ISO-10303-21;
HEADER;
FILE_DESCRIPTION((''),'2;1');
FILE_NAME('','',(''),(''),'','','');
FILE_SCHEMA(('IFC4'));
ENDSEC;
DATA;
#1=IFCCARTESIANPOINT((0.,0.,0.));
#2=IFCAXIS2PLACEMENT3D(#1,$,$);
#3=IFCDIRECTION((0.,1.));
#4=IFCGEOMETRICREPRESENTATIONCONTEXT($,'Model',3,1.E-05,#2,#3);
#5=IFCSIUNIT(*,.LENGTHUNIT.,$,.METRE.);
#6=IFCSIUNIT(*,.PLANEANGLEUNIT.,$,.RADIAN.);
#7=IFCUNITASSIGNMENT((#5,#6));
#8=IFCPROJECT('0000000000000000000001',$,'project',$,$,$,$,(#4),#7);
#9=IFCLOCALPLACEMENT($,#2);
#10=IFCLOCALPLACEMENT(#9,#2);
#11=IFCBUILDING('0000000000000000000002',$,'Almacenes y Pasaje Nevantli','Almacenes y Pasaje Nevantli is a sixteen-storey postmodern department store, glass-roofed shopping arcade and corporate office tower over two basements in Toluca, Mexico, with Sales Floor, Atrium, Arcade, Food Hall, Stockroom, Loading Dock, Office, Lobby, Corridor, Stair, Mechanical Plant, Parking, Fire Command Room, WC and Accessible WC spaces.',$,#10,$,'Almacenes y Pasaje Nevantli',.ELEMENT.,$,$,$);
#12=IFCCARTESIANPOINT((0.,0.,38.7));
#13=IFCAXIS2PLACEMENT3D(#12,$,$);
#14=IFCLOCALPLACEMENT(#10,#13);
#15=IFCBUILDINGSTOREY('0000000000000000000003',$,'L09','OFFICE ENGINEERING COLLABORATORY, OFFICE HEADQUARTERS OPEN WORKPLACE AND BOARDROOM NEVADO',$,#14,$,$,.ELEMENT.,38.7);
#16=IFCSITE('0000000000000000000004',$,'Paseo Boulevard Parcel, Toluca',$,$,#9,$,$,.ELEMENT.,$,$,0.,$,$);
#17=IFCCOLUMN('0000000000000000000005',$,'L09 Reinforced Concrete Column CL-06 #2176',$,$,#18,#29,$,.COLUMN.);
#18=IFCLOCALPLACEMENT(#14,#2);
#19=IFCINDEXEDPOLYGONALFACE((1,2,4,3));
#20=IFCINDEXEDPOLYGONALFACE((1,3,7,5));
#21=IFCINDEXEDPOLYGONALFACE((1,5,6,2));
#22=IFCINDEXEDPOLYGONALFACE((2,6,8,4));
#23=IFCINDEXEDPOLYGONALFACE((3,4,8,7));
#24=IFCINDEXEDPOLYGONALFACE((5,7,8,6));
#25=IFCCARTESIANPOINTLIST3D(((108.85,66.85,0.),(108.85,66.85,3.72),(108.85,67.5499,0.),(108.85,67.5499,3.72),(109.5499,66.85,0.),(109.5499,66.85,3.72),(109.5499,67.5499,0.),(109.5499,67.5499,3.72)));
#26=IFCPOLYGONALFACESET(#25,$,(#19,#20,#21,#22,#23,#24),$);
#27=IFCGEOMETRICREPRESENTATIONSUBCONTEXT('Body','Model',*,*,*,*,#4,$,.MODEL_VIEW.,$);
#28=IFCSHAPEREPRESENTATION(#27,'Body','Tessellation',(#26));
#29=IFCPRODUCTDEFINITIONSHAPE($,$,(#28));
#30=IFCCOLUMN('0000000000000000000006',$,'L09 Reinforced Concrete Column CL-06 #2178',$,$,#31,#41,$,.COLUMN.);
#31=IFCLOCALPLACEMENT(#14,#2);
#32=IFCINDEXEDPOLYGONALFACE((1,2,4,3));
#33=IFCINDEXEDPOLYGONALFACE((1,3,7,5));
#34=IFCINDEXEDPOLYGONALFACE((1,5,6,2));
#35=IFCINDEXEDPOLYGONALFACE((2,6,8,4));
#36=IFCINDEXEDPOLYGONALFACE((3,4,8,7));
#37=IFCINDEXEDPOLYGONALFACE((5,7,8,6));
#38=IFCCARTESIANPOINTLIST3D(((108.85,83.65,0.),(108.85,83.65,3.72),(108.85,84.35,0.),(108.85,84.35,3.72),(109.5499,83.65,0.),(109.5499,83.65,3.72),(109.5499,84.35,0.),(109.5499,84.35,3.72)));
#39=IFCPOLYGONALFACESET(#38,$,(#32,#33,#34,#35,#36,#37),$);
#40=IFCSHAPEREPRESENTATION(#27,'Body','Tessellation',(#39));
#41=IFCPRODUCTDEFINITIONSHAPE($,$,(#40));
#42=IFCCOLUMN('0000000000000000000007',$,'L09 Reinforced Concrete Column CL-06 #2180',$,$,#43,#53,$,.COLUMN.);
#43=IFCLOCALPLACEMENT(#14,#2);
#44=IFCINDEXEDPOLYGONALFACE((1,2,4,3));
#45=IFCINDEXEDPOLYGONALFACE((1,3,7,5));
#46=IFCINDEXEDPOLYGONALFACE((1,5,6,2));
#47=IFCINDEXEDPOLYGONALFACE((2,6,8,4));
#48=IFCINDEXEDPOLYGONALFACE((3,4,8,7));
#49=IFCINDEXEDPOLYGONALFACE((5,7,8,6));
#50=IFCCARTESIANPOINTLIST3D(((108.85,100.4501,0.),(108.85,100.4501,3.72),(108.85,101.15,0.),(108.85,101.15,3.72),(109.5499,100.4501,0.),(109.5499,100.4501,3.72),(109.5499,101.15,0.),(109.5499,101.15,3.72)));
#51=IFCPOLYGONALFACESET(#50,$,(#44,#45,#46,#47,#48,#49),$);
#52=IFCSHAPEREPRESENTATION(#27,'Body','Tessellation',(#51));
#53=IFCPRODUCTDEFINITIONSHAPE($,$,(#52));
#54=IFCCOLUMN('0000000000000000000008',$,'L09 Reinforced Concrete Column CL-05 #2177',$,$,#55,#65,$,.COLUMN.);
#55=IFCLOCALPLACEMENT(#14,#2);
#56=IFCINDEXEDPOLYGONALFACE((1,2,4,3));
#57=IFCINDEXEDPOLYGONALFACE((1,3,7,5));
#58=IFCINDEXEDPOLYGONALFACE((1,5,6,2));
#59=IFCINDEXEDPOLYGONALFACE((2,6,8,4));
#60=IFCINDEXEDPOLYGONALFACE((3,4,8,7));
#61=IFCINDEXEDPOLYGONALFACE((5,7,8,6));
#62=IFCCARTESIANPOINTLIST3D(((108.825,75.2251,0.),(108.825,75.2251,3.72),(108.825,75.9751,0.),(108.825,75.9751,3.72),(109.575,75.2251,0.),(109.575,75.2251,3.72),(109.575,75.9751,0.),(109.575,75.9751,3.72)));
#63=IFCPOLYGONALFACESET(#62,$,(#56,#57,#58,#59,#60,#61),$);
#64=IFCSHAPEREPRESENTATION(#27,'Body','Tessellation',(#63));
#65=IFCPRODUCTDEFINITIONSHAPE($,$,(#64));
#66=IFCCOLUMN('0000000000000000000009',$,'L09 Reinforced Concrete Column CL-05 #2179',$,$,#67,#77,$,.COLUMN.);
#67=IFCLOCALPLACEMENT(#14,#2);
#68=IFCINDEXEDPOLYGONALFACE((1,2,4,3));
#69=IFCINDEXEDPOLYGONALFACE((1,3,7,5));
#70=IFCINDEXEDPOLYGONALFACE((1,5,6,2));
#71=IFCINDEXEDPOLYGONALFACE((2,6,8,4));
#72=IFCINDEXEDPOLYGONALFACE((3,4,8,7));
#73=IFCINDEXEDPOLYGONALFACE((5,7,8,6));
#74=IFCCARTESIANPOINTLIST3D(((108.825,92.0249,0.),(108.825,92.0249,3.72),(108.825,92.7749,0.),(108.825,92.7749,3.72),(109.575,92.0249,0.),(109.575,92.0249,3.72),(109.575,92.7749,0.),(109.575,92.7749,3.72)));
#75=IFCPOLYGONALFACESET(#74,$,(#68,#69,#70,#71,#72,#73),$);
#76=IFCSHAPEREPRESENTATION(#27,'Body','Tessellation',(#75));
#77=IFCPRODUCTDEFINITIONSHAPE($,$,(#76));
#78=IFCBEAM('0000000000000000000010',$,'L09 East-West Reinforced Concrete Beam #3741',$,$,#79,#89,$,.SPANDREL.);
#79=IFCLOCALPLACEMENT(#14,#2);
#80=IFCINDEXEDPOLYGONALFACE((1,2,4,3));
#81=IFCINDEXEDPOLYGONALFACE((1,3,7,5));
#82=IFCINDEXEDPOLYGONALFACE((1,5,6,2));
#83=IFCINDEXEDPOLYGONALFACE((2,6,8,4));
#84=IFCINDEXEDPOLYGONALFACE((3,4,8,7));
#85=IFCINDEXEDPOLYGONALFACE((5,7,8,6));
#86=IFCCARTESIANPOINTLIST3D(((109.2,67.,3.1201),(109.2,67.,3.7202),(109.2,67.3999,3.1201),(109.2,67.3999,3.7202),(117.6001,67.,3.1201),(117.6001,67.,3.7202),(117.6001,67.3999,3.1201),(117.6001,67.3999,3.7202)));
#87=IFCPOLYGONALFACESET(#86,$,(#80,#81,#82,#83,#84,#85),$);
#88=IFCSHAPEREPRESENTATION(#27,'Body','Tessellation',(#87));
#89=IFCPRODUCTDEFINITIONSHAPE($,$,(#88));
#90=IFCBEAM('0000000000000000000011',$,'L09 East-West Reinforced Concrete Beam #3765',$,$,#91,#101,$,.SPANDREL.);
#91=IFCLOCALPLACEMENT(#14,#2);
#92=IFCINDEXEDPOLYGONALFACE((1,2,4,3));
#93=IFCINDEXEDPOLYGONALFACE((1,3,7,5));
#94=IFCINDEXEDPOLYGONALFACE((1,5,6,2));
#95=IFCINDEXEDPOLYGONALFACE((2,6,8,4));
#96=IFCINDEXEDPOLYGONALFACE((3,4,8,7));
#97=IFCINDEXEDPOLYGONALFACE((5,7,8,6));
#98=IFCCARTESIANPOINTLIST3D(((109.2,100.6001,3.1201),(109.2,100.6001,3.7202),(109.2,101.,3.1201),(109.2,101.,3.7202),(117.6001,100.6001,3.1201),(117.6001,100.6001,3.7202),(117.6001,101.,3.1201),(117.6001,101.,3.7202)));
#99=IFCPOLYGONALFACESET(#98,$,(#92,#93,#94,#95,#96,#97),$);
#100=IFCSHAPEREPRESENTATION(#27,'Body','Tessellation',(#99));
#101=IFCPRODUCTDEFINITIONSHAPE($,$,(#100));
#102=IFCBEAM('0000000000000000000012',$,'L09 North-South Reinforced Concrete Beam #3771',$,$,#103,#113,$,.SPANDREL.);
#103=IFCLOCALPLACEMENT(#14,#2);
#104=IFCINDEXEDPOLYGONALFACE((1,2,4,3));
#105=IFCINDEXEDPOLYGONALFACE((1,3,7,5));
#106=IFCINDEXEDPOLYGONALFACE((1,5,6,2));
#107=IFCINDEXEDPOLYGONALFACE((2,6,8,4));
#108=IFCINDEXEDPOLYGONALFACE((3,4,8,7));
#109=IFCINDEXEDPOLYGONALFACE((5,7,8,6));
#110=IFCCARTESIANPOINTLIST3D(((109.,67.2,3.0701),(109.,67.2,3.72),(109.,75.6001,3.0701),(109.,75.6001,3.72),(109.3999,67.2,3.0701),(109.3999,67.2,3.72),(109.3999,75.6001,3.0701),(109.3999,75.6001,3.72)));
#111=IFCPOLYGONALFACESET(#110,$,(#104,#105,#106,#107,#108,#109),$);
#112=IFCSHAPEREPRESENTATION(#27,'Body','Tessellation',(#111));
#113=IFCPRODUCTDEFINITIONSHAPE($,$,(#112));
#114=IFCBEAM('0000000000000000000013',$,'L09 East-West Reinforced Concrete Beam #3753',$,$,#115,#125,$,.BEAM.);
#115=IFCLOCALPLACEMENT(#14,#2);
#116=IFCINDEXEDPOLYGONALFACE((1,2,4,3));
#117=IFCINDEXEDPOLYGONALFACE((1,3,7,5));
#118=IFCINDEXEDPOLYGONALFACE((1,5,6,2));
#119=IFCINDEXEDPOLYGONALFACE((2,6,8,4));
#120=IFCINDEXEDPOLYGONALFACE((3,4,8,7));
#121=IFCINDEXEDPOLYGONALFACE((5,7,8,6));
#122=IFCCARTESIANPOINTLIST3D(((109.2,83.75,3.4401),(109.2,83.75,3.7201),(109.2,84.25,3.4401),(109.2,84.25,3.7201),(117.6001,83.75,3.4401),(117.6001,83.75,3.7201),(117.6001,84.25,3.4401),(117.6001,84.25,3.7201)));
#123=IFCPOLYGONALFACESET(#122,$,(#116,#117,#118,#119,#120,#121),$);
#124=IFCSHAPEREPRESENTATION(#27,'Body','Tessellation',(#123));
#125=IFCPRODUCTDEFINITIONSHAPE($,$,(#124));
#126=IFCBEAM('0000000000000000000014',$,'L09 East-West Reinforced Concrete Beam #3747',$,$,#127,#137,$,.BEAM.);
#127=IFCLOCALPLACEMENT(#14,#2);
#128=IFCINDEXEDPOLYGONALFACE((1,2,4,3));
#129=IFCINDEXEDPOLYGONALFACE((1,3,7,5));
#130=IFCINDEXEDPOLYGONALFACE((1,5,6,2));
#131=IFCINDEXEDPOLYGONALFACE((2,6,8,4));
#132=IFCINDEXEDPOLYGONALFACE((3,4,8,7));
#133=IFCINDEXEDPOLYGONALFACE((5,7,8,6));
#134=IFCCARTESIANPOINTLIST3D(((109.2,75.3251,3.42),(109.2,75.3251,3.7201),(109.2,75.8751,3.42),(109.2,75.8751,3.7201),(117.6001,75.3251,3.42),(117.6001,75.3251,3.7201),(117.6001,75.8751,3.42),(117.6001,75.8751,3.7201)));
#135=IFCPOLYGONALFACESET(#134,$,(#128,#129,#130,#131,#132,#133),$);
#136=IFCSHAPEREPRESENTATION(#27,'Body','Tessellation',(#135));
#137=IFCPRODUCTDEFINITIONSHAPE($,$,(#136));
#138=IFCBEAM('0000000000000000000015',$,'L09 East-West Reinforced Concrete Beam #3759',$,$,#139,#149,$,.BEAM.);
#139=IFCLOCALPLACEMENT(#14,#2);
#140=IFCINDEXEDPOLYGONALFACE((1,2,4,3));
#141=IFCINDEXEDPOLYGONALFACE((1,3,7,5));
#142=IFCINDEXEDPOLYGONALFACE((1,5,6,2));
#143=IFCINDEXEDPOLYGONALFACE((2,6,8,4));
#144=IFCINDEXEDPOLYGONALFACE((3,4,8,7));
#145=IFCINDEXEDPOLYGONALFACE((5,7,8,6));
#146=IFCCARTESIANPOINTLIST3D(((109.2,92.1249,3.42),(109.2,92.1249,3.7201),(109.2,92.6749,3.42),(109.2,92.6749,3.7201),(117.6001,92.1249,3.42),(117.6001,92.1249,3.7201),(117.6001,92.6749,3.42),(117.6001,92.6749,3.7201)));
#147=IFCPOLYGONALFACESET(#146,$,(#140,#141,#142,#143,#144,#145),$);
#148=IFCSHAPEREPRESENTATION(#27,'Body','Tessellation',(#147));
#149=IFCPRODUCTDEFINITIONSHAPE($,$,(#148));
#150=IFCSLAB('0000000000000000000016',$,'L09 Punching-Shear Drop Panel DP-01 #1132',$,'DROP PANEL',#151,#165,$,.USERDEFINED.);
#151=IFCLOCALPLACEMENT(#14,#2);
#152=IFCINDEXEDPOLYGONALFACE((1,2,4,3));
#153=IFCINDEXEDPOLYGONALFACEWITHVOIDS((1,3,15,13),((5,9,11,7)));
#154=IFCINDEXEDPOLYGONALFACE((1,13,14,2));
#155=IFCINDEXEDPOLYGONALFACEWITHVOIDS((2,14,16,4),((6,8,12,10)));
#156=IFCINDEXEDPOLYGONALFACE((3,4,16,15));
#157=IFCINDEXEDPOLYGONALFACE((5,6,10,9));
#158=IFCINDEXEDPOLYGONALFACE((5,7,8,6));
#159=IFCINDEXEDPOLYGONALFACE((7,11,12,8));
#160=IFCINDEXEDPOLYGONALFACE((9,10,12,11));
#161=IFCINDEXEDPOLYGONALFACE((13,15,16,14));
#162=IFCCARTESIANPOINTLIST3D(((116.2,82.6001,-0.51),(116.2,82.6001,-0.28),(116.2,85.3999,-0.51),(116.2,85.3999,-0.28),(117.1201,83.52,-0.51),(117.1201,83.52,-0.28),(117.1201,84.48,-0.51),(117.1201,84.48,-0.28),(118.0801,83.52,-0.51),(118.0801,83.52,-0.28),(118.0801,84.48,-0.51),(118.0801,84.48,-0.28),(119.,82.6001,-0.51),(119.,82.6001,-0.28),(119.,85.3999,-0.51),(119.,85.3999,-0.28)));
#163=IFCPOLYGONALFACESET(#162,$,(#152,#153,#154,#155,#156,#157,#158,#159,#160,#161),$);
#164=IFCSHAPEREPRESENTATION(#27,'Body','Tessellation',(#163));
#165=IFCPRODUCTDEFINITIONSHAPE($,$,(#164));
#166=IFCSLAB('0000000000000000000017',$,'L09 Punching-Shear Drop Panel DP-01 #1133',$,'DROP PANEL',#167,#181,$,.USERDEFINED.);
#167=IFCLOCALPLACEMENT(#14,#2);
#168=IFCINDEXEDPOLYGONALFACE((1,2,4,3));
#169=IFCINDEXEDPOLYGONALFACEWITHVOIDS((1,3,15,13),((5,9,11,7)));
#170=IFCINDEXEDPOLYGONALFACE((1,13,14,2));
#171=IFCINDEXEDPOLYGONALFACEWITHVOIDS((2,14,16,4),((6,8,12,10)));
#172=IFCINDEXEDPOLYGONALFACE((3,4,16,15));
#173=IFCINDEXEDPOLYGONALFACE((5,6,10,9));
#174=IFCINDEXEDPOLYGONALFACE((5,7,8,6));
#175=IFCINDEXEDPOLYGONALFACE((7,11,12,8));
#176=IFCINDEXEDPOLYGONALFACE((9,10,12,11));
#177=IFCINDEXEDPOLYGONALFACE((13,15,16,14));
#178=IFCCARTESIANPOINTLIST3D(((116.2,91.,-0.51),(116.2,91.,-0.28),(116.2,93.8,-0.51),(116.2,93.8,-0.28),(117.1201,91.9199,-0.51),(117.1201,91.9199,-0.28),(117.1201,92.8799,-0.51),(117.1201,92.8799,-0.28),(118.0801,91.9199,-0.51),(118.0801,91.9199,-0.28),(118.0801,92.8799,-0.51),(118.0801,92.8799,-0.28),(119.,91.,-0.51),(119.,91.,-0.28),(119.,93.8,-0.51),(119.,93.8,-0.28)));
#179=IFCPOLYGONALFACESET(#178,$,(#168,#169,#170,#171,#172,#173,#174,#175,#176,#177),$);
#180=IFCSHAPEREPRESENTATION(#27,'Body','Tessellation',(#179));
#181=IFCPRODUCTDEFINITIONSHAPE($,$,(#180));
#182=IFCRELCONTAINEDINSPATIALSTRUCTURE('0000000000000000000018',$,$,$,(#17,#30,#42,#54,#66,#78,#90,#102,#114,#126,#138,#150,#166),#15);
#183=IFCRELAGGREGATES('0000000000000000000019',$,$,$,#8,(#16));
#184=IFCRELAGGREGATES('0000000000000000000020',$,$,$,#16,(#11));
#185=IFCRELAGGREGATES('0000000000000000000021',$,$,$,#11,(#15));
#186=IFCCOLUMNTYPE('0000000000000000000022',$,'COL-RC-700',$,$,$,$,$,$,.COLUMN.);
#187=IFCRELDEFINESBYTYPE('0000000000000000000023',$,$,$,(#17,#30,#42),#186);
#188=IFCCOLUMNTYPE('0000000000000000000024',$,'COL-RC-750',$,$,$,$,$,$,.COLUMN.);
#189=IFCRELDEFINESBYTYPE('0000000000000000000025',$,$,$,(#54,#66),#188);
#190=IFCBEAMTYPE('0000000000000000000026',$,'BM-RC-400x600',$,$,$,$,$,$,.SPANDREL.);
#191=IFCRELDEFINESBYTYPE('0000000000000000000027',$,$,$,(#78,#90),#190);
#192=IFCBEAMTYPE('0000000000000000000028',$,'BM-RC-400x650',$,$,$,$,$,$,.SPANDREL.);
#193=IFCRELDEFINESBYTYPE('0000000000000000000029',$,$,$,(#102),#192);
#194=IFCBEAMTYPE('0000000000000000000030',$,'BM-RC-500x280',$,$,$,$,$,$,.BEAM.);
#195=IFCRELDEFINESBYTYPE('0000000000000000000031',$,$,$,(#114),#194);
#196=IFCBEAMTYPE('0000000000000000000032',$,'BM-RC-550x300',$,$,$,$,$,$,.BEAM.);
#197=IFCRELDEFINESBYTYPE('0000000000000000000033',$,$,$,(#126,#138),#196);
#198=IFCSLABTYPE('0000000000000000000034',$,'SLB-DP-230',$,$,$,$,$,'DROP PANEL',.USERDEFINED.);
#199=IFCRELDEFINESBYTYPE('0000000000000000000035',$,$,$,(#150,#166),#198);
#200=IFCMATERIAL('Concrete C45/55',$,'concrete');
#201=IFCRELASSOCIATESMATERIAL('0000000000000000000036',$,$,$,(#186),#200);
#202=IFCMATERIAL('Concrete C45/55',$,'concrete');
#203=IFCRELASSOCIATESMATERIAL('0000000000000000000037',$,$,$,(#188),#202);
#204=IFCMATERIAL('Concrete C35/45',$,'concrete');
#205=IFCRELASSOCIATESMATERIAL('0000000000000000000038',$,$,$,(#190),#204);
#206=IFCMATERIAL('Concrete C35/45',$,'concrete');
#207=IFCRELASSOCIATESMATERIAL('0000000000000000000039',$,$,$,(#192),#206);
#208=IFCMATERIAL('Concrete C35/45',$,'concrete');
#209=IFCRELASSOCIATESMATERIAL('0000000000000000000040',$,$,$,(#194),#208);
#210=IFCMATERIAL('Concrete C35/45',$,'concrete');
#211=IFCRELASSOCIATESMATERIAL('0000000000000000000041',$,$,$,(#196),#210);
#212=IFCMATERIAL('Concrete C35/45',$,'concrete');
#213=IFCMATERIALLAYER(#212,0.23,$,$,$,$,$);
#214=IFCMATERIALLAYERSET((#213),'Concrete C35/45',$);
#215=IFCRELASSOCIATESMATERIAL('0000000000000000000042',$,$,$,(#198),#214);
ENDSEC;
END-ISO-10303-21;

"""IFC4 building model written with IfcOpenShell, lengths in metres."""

from ifc_helpers import new_model, si_unit, direction, frame, origin, origin_2d, place, context, subcontext, project, spatial, polyline, rectangle, outline, extrude, material, layer, layer_set, material_profile, profile_set, type_object, element, save


model = new_model("IFC4")

# Units and contexts
model_context = context("Model", 3, precision=1e-05, world=origin(), true_north=direction((0.0, 1.0)))
body_context = subcontext(model_context, "Body", "Model", "MODEL_VIEW")
ifc_project = project(units=[si_unit("LENGTHUNIT", "METRE"), si_unit("PLANEANGLEUNIT", "RADIAN")], contexts=[model_context])

# Site, building, storey
site_placement = place(None, origin())
site = spatial("IfcSite", under=ifc_project, at=site_placement, Name="Paseo Boulevard Parcel, Toluca", CompositionType="ELEMENT", RefElevation=0.0)
building_placement = place(site_placement, origin())
building = spatial("IfcBuilding", under=site, at=building_placement, Name="Almacenes y Pasaje Nevantli", Description="Almacenes y Pasaje Nevantli is a sixteen-storey postmodern department store, glass-roofed shopping arcade and corporate office tower over two basements in Toluca, Mexico, with Sales Floor, Atrium, Arcade, Food Hall, Stockroom, Loading Dock, Office, Lobby, Corridor, Stair, Mechanical Plant, Parking, Fire Command Room, WC and Accessible WC spaces.", LongName="Almacenes y Pasaje Nevantli", CompositionType="ELEMENT")
storey_placement = place(building_placement, frame((0.0, 0.0, 38.7)))
storey = spatial("IfcBuildingStorey", under=building, at=storey_placement, Name="L09", Description="OFFICE ENGINEERING COLLABORATORY, OFFICE HEADQUARTERS OPEN WORKPLACE AND BOARDROOM NEVADO", CompositionType="ELEMENT", Elevation=38.7)

# Columns
ifc_material_1 = material(Name="Concrete C45/55", Category="concrete")
ifc_material_profile_1 = material_profile(ifc_material_1, rectangle(XDim=0.7, YDim=0.7, at=origin_2d()), Name="RC-COL-700x700")
ifc_profile_set_1 = profile_set([ifc_material_profile_1], Name="Concrete C45/55")
column_type_1 = type_object("IfcColumnType", Name="COL-RC-700", PredefinedType="COLUMN", material=ifc_profile_set_1)
for number, where, z_axis, x_axis, name in (
    (1, (109.2, 67.2, 0.0), (0.0, 0.0, 1.0), (1.0, 0.0, 0.0), "L09 Reinforced Concrete Column CL-06 #2176"),
    (2, (109.2, 84.0, 0.0), (0.0, 0.0, 1.0), (1.0, 0.0, 0.0), "L09 Reinforced Concrete Column CL-06 #2178"),
    (3, (109.2, 100.8, 0.0), (0.0, 0.0, 1.0), (1.0, 0.0, 0.0), "L09 Reinforced Concrete Column CL-06 #2180"),
):
    element("IfcColumn", number, at=place(storey_placement, frame(where, z_axis=z_axis, x_axis=x_axis)), inside=storey, type_object=column_type_1, Name=name, PredefinedType="COLUMN", context=body_context, shape_type="SweptSolid", body=[
        extrude(rectangle(XDim=0.7, YDim=0.7, at=origin_2d()), origin(), (0.0, 0.0, 1.0), 3.72),
    ])
ifc_material_2 = material(Name="Concrete C45/55", Category="concrete")
ifc_material_profile_2 = material_profile(ifc_material_2, rectangle(XDim=0.75, YDim=0.75, at=origin_2d()), Name="RC-COL-750x750")
ifc_profile_set_2 = profile_set([ifc_material_profile_2], Name="Concrete C45/55")
column_type_2 = type_object("IfcColumnType", Name="COL-RC-750", PredefinedType="COLUMN", material=ifc_profile_set_2)
for number, where, z_axis, x_axis, name in (
    (4, (109.2, 75.6001, 0.0), (0.0, 0.0, 1.0), (1.0, 0.0, 0.0), "L09 Reinforced Concrete Column CL-05 #2177"),
    (5, (109.2, 92.3999, 0.0), (0.0, 0.0, 1.0), (1.0, 0.0, 0.0), "L09 Reinforced Concrete Column CL-05 #2179"),
):
    element("IfcColumn", number, at=place(storey_placement, frame(where, z_axis=z_axis, x_axis=x_axis)), inside=storey, type_object=column_type_2, Name=name, PredefinedType="COLUMN", context=body_context, shape_type="SweptSolid", body=[
        extrude(rectangle(XDim=0.75, YDim=0.75, at=origin_2d()), origin(), (0.0, 0.0, 1.0), 3.72),
    ])

# Beams
ifc_material_3 = material(Name="Concrete C35/45", Category="concrete")
ifc_material_profile_3 = material_profile(ifc_material_3, rectangle(XDim=0.3999, YDim=0.6001, at=origin_2d()), Name="RC-BM-400x600")
ifc_profile_set_3 = profile_set([ifc_material_profile_3], Name="Concrete C35/45")
beam_type_1 = type_object("IfcBeamType", Name="BM-RC-400x600", PredefinedType="SPANDREL", material=ifc_profile_set_3)
for number, where, z_axis, x_axis, name in (
    (6, (109.2, 67.2, 3.4202), (1.0, 0.0, 0.0), (0.0, 1.0, 0.0), "L09 East-West Reinforced Concrete Beam #3741"),
    (7, (109.2, 100.8, 3.4202), (1.0, 0.0, 0.0), (0.0, 1.0, 0.0), "L09 East-West Reinforced Concrete Beam #3765"),
):
    element("IfcBeam", number, at=place(storey_placement, frame(where, z_axis=z_axis, x_axis=x_axis)), inside=storey, type_object=beam_type_1, Name=name, PredefinedType="SPANDREL", context=body_context, shape_type="SweptSolid", body=[
        extrude(rectangle(XDim=0.3999, YDim=0.6001, at=origin_2d()), origin(), (0.0, 0.0, 1.0), 8.4001),
    ])
ifc_material_4 = material(Name="Concrete C35/45", Category="concrete")
ifc_material_profile_4 = material_profile(ifc_material_4, rectangle(XDim=0.3999, YDim=0.6499, at=origin_2d()), Name="RC-BM-400x650")
ifc_profile_set_4 = profile_set([ifc_material_profile_4], Name="Concrete C35/45")
beam_type_2 = type_object("IfcBeamType", Name="BM-RC-400x650", PredefinedType="SPANDREL", material=ifc_profile_set_4)
beam_1_placement = place(storey_placement, frame((109.2, 67.2, 3.395), z_axis=(0.0, 1.0, 0.0), x_axis=(-1.0, 0.0, 0.0)))
element("IfcBeam", 8, at=beam_1_placement, inside=storey, type_object=beam_type_2, Name="L09 North-South Reinforced Concrete Beam #3771", PredefinedType="SPANDREL", context=body_context, shape_type="SweptSolid", body=[
    extrude(rectangle(XDim=0.3999, YDim=0.6499, at=origin_2d()), origin(), (0.0, 0.0, 1.0), 8.4001),
])
ifc_material_5 = material(Name="Concrete C35/45", Category="concrete")
ifc_material_profile_5 = material_profile(ifc_material_5, rectangle(XDim=0.5, YDim=0.28, at=origin_2d()), Name="RC-BM-500x280")
ifc_profile_set_5 = profile_set([ifc_material_profile_5], Name="Concrete C35/45")
beam_type_3 = type_object("IfcBeamType", Name="BM-RC-500x280", PredefinedType="BEAM", material=ifc_profile_set_5)
beam_2_placement = place(storey_placement, frame((109.2, 84.0, 3.5801), z_axis=(1.0, 0.0, 0.0), x_axis=(0.0, 1.0, 0.0)))
element("IfcBeam", 9, at=beam_2_placement, inside=storey, type_object=beam_type_3, Name="L09 East-West Reinforced Concrete Beam #3753", PredefinedType="BEAM", context=body_context, shape_type="SweptSolid", body=[
    extrude(rectangle(XDim=0.5, YDim=0.28, at=origin_2d()), origin(), (0.0, 0.0, 1.0), 8.4001),
])
ifc_material_6 = material(Name="Concrete C35/45", Category="concrete")
ifc_material_profile_6 = material_profile(ifc_material_6, rectangle(XDim=0.55, YDim=0.3, at=origin_2d()), Name="RC-BM-550x300")
ifc_profile_set_6 = profile_set([ifc_material_profile_6], Name="Concrete C35/45")
beam_type_4 = type_object("IfcBeamType", Name="BM-RC-550x300", PredefinedType="BEAM", material=ifc_profile_set_6)
for number, where, z_axis, x_axis, name in (
    (10, (109.2, 75.6001, 3.5701), (1.0, 0.0, 0.0), (0.0, 1.0, 0.0), "L09 East-West Reinforced Concrete Beam #3747"),
    (11, (109.2, 92.3999, 3.5701), (1.0, 0.0, 0.0), (0.0, 1.0, 0.0), "L09 East-West Reinforced Concrete Beam #3759"),
):
    element("IfcBeam", number, at=place(storey_placement, frame(where, z_axis=z_axis, x_axis=x_axis)), inside=storey, type_object=beam_type_4, Name=name, PredefinedType="BEAM", context=body_context, shape_type="SweptSolid", body=[
        extrude(rectangle(XDim=0.55, YDim=0.3, at=origin_2d()), origin(), (0.0, 0.0, 1.0), 8.4001),
    ])

# Slabs
ifc_material_7 = material(Name="Concrete C35/45", Category="concrete")
ifc_layer_1 = layer(ifc_material_7, 0.23)
ifc_layer_set_1 = layer_set([ifc_layer_1], Name="Concrete C35/45")
slab_type_1 = type_object("IfcSlabType", Name="SLB-DP-230", ElementType="DROP PANEL", PredefinedType="USERDEFINED", material=ifc_layer_set_1)
slab_1_placement = place(storey_placement, frame((0.0, 0.0, -0.51)))
element("IfcSlab", 12, at=slab_1_placement, inside=storey, type_object=slab_type_1, Name="L09 Punching-Shear Drop Panel DP-01 #1132", ObjectType="DROP PANEL", PredefinedType="USERDEFINED", context=body_context, shape_type="SweptSolid", body=[
    extrude(outline(polyline([(116.2, 82.6001), (119.0, 82.6001), (119.0, 85.3999), (116.2, 85.3999), (116.2, 82.6001)]), holes=[polyline([(117.1201, 83.52), (118.0801, 83.52), (118.0801, 84.48), (117.1201, 84.48), (117.1201, 83.52)])]), origin(), (0.0, 0.0, 1.0), 0.23),
])
slab_2_placement = place(storey_placement, frame((0.0, 0.0, -0.51)))
element("IfcSlab", 13, at=slab_2_placement, inside=storey, type_object=slab_type_1, Name="L09 Punching-Shear Drop Panel DP-01 #1133", ObjectType="DROP PANEL", PredefinedType="USERDEFINED", context=body_context, shape_type="SweptSolid", body=[
    extrude(outline(polyline([(116.2, 91.0), (119.0, 91.0), (119.0, 93.8), (116.2, 93.8), (116.2, 91.0)]), holes=[polyline([(117.1201, 91.9199), (118.0801, 91.9199), (118.0801, 92.8799), (117.1201, 92.8799), (117.1201, 91.9199)])]), origin(), (0.0, 0.0, 1.0), 0.23),
])

save(model, "model.ifc")
